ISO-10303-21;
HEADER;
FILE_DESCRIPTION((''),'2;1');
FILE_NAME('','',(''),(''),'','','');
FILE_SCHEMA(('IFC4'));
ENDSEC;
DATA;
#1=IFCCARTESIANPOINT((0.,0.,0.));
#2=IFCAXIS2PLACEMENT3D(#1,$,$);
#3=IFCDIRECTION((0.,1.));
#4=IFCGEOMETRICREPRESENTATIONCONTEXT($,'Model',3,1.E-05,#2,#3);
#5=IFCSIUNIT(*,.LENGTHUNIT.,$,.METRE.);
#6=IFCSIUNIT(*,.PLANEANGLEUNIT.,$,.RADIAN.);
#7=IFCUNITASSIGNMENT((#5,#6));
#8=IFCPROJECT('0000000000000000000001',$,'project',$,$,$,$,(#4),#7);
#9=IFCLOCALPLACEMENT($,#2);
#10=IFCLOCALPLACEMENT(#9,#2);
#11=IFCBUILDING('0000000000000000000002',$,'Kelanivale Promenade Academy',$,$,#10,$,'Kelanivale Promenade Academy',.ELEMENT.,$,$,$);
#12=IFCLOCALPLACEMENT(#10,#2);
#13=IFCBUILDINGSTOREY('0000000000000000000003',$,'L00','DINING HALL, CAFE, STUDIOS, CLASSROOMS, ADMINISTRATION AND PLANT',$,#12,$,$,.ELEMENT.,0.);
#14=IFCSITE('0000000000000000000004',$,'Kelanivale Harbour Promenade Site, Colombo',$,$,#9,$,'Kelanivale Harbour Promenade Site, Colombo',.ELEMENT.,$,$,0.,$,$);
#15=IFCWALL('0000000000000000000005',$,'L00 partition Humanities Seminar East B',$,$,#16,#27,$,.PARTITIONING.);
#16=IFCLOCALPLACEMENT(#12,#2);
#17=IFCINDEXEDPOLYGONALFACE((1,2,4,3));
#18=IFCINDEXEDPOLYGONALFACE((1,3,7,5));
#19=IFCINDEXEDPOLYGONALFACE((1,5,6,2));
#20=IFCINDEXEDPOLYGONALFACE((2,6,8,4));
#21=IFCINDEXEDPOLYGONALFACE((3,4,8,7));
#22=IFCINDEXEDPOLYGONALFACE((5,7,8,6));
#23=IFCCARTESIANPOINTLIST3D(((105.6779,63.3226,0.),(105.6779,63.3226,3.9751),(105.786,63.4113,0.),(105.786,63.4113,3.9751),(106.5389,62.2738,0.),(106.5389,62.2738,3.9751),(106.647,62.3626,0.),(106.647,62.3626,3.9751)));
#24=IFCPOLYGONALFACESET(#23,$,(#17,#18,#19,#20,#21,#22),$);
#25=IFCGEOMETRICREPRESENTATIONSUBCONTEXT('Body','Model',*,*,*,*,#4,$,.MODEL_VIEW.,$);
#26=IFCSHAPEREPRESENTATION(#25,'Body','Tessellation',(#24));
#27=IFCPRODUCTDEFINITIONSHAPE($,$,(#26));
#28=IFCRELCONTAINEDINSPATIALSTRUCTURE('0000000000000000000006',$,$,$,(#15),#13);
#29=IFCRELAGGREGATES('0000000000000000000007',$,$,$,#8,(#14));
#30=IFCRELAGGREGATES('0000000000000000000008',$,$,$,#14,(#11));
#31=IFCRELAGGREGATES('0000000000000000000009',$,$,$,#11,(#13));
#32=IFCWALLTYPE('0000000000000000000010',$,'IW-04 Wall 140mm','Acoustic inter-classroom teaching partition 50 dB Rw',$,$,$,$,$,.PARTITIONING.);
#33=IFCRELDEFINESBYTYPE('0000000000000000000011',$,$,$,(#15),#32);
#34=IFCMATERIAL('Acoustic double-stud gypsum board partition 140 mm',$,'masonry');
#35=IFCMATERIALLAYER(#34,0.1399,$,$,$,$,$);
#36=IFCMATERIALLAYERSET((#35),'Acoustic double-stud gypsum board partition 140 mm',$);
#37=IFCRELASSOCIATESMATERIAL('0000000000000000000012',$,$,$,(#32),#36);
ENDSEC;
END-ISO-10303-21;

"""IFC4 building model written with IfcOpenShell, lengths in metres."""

from ifc_helpers import new_model, si_unit, direction, frame, frame_2d, origin, place, context, subcontext, project, spatial, rectangle, extrude, material, layer, layer_set, type_object, element, save


model = new_model("IFC4")

# Units and contexts
model_context = context("Model", 3, precision=1e-05, world=origin(), true_north=direction((0.0, 1.0)))
body_context = subcontext(model_context, "Body", "Model", "MODEL_VIEW")
ifc_project = project(units=[si_unit("LENGTHUNIT", "METRE"), si_unit("PLANEANGLEUNIT", "RADIAN")], contexts=[model_context])

# Site, building, storey
site_placement = place(None, origin())
site = spatial("IfcSite", under=ifc_project, at=site_placement, Name="Kelanivale Harbour Promenade Site, Colombo", LongName="Kelanivale Harbour Promenade Site, Colombo", CompositionType="ELEMENT", RefElevation=0.0)
building_placement = place(site_placement, origin())
building = spatial("IfcBuilding", under=site, at=building_placement, Name="Kelanivale Promenade Academy", LongName="Kelanivale Promenade Academy", CompositionType="ELEMENT")
storey_placement = place(building_placement, origin())
storey = spatial("IfcBuildingStorey", under=building, at=storey_placement, Name="L00", Description="DINING HALL, CAFE, STUDIOS, CLASSROOMS, ADMINISTRATION AND PLANT", CompositionType="ELEMENT", Elevation=0.0)

# Wall
ifc_material_1 = material(Name="Acoustic double-stud gypsum board partition 140 mm", Category="masonry")
ifc_layer_1 = layer(ifc_material_1, 0.1399)
ifc_layer_set_1 = layer_set([ifc_layer_1], Name="Acoustic double-stud gypsum board partition 140 mm")
wall_type = type_object("IfcWallType", Name="IW-04 Wall 140mm", Description="Acoustic inter-classroom teaching partition 50 dB Rw", PredefinedType="PARTITIONING", material=ifc_layer_set_1)
for number, where, z_axis, x_axis, name in (
    (1, (105.7319, 63.3669, 0.0), (0.0, 0.0, 1.0), (0.63454, -0.77289, 0.0), "L00 partition Humanities Seminar East B"),
):
    element("IfcWall", number, at=place(storey_placement, frame(where, z_axis=z_axis, x_axis=x_axis)), inside=storey, type_object=wall_type, Name=name, PredefinedType="PARTITIONING", context=body_context, shape_type="SweptSolid", body=[
        extrude(rectangle(XDim=1.3569, YDim=0.1399, at=frame_2d((0.6785, 0.0))), origin(), (0.0, 0.0, 1.0), 3.9751),
    ])

save(model, "model.ifc")
